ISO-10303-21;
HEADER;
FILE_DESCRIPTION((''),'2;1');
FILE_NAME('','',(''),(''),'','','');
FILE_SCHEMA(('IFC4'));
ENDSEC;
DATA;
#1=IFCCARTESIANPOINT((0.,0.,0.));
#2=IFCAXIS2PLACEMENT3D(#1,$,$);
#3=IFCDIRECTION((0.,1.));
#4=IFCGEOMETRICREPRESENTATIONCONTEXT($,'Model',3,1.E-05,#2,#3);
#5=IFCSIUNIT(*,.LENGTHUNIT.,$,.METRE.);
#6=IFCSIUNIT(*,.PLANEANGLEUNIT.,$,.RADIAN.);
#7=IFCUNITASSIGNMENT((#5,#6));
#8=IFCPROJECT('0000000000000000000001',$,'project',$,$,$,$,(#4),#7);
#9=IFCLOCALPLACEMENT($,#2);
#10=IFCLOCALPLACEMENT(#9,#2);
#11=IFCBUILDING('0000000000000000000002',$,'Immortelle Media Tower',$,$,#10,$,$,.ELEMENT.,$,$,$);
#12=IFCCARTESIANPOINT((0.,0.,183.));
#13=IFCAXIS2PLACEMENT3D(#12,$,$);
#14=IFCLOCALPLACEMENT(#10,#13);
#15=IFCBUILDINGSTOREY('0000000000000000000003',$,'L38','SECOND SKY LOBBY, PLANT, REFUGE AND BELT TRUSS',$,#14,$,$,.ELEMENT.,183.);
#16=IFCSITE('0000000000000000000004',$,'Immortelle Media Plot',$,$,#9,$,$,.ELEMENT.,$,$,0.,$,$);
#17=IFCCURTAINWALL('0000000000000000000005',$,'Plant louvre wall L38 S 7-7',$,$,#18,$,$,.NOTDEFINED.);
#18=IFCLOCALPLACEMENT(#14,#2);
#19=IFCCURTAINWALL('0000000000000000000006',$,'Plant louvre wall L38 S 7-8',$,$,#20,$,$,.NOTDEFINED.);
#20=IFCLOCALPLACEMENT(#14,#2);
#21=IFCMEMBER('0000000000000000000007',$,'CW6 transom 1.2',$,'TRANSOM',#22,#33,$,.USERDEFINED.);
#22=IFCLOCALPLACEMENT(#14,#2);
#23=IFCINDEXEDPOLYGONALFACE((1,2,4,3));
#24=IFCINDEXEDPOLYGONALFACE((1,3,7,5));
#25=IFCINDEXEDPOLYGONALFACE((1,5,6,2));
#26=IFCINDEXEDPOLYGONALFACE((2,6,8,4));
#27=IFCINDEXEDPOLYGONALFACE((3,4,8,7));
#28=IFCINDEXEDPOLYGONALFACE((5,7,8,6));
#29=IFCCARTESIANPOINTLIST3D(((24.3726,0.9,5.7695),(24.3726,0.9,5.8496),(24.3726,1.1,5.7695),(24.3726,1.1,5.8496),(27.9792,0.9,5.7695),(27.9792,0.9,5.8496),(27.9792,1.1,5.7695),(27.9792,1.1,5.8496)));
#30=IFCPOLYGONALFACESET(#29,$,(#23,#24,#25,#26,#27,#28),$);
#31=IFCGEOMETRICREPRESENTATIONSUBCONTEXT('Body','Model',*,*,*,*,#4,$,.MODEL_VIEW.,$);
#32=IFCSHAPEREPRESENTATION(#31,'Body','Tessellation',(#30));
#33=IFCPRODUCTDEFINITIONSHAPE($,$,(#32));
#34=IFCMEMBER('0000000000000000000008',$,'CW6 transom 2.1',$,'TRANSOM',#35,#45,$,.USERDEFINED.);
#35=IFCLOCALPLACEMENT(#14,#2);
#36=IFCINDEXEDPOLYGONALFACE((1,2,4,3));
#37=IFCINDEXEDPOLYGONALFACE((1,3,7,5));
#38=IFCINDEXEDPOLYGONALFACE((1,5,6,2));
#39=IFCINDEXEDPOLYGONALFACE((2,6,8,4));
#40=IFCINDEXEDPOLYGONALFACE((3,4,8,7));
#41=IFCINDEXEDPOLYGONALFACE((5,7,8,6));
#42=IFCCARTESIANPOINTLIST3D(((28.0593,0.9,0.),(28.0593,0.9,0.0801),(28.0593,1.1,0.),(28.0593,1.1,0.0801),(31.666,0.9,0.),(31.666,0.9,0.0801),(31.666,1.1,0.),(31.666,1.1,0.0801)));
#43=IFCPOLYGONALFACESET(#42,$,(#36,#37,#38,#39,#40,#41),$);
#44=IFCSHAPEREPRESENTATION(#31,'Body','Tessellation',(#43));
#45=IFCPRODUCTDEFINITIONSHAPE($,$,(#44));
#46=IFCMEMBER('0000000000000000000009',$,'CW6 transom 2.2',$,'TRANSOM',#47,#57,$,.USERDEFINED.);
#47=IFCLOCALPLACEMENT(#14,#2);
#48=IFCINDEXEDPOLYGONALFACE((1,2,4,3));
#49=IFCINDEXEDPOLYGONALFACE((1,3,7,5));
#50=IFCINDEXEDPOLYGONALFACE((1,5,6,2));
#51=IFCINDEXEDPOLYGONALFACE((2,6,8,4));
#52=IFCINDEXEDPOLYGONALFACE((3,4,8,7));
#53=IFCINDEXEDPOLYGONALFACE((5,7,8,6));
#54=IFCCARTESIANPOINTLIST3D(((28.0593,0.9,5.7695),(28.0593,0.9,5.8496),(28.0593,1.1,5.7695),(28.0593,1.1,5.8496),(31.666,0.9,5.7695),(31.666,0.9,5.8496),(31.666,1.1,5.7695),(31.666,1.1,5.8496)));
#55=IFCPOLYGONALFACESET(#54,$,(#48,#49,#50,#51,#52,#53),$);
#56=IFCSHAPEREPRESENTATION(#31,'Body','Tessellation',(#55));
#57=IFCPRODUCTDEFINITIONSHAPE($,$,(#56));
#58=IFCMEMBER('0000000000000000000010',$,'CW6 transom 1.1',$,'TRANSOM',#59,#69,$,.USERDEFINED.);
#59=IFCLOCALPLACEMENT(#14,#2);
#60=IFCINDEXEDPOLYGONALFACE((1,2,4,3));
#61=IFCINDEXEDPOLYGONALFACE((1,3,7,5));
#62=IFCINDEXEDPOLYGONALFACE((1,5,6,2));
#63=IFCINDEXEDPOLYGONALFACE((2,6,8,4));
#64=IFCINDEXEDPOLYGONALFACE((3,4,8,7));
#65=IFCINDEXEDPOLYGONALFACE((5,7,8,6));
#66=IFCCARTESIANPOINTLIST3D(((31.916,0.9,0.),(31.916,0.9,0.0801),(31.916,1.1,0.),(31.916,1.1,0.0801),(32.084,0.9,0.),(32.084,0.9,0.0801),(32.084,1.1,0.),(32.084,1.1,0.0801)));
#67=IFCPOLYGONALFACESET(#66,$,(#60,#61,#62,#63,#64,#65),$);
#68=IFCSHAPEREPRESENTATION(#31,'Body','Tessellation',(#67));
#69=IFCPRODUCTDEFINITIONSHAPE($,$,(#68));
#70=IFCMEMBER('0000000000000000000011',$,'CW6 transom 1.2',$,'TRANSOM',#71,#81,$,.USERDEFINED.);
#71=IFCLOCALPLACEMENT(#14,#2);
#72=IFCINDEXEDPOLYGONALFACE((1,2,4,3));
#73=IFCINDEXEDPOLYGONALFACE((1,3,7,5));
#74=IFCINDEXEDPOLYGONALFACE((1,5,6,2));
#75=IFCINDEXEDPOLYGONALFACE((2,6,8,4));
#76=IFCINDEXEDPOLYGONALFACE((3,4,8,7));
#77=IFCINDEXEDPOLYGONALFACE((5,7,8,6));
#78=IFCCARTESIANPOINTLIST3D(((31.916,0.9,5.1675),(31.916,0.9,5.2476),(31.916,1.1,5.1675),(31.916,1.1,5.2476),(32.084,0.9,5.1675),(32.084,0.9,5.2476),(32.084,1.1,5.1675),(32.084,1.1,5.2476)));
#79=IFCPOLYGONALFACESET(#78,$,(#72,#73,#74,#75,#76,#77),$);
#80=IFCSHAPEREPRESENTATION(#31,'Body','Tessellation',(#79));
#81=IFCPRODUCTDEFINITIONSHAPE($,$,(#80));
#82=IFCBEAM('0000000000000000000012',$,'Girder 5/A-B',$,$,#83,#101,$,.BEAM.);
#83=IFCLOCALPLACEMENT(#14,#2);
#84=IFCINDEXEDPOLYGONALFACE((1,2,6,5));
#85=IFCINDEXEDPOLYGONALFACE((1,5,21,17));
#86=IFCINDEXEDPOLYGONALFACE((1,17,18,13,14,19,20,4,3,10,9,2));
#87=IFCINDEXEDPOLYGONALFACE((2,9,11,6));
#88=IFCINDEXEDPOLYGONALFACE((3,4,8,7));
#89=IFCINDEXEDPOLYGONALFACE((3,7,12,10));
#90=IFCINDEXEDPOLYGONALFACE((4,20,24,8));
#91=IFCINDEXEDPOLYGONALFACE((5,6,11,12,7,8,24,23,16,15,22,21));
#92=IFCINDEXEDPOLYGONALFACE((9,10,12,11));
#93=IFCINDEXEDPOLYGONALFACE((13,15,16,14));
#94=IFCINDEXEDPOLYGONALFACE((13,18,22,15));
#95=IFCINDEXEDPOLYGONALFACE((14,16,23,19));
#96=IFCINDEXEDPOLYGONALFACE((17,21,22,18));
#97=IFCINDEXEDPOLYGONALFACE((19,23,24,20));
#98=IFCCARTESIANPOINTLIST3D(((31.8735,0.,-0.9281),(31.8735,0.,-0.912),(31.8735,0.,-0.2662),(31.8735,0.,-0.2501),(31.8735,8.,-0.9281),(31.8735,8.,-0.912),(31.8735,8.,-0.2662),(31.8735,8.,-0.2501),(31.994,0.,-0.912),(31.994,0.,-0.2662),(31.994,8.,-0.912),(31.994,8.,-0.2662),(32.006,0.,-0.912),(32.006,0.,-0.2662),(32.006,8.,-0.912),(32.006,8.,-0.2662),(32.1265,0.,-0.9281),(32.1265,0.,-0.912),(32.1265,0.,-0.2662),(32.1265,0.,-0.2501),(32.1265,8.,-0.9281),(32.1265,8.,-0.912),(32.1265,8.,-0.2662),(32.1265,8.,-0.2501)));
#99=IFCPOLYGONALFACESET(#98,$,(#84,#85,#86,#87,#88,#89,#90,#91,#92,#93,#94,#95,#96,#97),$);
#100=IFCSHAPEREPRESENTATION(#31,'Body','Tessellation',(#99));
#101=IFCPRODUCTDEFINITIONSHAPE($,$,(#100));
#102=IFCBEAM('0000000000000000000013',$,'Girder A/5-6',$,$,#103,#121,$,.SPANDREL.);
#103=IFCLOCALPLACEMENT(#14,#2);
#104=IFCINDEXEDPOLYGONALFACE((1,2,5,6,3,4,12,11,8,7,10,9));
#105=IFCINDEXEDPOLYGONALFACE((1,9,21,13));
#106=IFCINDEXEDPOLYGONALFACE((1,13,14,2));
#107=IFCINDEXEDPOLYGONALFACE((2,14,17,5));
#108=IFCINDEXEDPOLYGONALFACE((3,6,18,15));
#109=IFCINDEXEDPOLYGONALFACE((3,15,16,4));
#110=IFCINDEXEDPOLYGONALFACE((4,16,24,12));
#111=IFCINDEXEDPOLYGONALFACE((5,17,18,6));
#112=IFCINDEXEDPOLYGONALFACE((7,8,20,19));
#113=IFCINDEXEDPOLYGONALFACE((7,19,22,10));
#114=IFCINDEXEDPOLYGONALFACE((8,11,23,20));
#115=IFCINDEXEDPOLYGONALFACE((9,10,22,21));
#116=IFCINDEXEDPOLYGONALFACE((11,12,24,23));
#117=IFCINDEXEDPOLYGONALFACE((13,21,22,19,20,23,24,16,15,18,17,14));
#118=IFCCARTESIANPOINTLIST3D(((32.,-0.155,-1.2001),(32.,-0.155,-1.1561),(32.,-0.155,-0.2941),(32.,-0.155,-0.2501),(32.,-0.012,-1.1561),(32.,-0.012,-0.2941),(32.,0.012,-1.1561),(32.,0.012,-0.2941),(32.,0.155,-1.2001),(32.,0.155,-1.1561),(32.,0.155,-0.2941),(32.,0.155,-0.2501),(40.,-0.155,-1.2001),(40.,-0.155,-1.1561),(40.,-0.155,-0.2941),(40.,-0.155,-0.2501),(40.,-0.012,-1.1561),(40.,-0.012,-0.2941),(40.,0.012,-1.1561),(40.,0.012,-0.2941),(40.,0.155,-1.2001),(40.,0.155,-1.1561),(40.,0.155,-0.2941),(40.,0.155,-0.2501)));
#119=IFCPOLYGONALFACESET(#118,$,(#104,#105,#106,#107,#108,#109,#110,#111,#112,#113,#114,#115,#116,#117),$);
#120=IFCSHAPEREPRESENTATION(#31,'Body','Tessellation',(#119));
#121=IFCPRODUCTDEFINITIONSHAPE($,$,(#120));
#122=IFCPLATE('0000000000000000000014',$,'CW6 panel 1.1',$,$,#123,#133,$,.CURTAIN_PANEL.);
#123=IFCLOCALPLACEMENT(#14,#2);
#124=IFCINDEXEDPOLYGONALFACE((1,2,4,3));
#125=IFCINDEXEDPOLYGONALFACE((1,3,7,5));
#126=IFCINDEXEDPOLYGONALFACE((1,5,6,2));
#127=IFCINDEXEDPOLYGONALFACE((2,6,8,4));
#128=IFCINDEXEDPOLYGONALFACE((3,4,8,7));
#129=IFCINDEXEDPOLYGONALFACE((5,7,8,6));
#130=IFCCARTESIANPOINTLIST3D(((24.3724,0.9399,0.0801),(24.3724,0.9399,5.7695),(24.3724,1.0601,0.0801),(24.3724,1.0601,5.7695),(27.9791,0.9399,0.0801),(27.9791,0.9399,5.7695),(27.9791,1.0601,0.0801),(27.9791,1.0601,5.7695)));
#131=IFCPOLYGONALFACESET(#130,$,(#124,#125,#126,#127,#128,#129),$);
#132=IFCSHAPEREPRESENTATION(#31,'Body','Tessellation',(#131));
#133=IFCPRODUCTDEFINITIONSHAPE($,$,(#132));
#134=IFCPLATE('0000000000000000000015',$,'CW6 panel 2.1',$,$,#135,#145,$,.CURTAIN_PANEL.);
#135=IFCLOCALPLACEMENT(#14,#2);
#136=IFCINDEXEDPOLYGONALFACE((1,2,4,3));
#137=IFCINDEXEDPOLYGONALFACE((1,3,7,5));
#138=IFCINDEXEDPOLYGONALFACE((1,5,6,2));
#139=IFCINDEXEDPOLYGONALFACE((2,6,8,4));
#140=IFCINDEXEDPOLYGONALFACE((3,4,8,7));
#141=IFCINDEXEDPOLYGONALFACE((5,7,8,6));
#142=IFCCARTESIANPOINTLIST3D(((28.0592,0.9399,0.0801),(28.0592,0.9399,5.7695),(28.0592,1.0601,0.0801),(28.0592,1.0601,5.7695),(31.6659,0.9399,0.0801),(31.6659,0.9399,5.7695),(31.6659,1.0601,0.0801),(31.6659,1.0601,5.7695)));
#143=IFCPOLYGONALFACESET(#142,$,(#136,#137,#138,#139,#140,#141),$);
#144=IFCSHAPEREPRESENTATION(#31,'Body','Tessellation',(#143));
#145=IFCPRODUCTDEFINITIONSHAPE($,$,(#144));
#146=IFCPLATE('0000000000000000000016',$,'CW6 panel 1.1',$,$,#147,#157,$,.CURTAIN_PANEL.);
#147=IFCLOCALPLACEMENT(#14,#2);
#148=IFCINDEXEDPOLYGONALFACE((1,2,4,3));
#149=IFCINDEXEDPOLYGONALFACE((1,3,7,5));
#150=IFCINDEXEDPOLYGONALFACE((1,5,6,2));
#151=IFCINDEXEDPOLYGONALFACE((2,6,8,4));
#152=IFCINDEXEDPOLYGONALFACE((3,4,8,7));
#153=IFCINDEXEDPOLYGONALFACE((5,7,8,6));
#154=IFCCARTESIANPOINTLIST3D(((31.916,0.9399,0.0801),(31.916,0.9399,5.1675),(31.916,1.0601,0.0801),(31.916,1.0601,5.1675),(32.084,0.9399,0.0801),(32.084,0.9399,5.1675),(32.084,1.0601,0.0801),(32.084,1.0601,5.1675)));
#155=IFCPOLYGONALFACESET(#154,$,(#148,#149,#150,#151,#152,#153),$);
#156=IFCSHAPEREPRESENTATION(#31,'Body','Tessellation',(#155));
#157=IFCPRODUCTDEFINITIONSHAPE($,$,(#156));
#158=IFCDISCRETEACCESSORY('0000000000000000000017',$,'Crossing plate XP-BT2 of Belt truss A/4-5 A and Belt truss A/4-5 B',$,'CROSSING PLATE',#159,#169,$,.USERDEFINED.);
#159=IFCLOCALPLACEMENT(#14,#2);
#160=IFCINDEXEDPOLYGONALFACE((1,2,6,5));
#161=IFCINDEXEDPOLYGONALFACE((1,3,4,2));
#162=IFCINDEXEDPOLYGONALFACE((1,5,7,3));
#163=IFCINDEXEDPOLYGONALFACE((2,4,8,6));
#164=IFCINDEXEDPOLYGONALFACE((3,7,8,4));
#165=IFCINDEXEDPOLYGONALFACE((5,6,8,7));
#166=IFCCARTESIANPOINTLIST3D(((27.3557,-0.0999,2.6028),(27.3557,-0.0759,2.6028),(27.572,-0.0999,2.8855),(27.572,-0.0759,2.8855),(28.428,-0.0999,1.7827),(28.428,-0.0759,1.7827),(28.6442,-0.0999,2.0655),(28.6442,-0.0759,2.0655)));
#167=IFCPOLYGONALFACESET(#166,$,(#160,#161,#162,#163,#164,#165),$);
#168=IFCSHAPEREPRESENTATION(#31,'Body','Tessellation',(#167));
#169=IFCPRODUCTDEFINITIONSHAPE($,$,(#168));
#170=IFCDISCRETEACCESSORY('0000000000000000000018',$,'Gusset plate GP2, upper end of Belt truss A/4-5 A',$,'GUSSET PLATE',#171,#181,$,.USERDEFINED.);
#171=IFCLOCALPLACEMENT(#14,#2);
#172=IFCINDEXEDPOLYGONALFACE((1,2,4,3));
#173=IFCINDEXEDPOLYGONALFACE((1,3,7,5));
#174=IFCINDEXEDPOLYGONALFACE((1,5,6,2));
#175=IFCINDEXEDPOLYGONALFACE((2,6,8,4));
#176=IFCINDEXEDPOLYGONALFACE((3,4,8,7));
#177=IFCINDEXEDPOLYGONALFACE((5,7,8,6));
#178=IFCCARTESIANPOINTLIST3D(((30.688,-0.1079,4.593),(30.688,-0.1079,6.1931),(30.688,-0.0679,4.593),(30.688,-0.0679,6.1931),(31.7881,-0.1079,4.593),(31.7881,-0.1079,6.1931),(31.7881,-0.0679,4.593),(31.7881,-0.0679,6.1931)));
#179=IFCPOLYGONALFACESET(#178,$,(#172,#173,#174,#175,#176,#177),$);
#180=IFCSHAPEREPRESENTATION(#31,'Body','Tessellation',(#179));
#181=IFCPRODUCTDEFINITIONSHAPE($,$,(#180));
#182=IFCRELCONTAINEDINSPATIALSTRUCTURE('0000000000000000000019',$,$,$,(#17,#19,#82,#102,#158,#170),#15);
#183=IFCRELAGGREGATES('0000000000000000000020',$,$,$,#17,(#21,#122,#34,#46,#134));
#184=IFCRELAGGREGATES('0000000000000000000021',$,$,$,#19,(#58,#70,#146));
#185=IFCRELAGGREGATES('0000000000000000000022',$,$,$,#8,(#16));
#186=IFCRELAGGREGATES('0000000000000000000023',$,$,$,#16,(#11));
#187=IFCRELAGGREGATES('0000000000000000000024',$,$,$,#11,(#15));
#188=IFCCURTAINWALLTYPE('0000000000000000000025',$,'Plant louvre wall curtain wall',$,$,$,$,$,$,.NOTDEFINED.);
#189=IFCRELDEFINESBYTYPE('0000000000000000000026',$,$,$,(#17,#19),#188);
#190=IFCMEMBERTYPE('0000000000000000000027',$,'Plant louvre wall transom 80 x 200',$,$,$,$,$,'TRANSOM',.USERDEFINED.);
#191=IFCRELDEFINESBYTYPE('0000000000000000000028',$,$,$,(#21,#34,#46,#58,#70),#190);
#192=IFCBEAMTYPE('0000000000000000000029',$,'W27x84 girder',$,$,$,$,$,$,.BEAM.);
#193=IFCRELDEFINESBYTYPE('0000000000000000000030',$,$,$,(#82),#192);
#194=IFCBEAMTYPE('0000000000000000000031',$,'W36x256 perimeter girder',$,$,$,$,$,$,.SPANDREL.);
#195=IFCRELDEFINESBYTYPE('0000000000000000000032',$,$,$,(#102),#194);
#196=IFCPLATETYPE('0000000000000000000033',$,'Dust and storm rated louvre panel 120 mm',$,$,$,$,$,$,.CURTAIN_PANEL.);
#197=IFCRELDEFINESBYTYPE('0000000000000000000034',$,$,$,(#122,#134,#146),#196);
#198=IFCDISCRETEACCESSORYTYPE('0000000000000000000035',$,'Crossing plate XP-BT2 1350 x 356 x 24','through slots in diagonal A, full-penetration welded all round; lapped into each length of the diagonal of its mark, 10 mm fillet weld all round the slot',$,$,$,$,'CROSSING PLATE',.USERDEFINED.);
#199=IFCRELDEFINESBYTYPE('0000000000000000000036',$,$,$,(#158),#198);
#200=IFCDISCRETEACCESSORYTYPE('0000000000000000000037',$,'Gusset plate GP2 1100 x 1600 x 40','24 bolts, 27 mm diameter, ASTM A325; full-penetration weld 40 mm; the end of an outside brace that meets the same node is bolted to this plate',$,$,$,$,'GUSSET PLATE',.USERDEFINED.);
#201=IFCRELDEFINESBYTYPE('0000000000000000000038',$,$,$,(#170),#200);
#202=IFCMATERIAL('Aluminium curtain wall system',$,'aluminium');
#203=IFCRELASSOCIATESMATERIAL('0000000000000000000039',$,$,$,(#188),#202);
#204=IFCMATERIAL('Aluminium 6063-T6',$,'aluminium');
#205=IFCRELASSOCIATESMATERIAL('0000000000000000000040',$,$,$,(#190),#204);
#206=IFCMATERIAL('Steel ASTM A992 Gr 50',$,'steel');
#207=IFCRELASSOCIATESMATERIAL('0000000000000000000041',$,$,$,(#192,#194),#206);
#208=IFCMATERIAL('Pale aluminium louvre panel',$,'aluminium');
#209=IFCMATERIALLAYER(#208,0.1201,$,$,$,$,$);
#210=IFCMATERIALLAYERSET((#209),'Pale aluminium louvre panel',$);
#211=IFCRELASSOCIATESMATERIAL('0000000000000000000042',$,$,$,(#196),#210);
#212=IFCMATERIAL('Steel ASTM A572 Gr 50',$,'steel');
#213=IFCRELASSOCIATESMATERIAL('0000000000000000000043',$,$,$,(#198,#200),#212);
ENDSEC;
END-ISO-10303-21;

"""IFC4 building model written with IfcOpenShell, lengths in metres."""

from ifc_helpers import new_model, si_unit, direction, frame, origin, origin_2d, place, context, subcontext, project, spatial, rectangle, i_section, extrude, material, layer, layer_set, material_profile, profile_set, type_object, element, aggregate, save


model = new_model("IFC4")

# Units and contexts
model_context = context("Model", 3, precision=1e-05, world=origin(), true_north=direction((0.0, 1.0)))
body_context = subcontext(model_context, "Body", "Model", "MODEL_VIEW")
ifc_project = project(units=[si_unit("LENGTHUNIT", "METRE"), si_unit("PLANEANGLEUNIT", "RADIAN")], contexts=[model_context])

# Site, building, storey
site_placement = place(None, origin())
site = spatial("IfcSite", under=ifc_project, at=site_placement, Name="Immortelle Media Plot", CompositionType="ELEMENT", RefElevation=0.0)
building_placement = place(site_placement, origin())
building = spatial("IfcBuilding", under=site, at=building_placement, Name="Immortelle Media Tower", CompositionType="ELEMENT")
storey_placement = place(building_placement, frame((0.0, 0.0, 183.0)))
storey = spatial("IfcBuildingStorey", under=building, at=storey_placement, Name="L38", Description="SECOND SKY LOBBY, PLANT, REFUGE AND BELT TRUSS", CompositionType="ELEMENT", Elevation=183.0)

# Shared definitions
ifc_material_1 = material(Name="Steel ASTM A992 Gr 50", Category="steel")

# Curtain wall
ifc_material_2 = material(Name="Aluminium curtain wall system", Category="aluminium")
curtain_wall_type = type_object("IfcCurtainWallType", Name="Plant louvre wall curtain wall", PredefinedType="NOTDEFINED", material=ifc_material_2)
curtain_wall_1_placement = place(storey_placement, origin())
curtain_wall_1 = element("IfcCurtainWall", 1, at=curtain_wall_1_placement, inside=storey, type_object=curtain_wall_type, Name="Plant louvre wall L38 S 7-7", PredefinedType="NOTDEFINED")
ifc_material_3 = material(Name="Aluminium 6063-T6", Category="aluminium")

# Curtain wall
curtain_wall_2_placement = place(storey_placement, origin())
curtain_wall_2 = element("IfcCurtainWall", 2, at=curtain_wall_2_placement, inside=storey, type_object=curtain_wall_type, Name="Plant louvre wall L38 S 7-8", PredefinedType="NOTDEFINED")

# Members
ifc_material_profile_1 = material_profile(ifc_material_3, rectangle(XDim=0.2, YDim=0.0801, at=origin_2d()), Name="AL 80x200")
ifc_profile_set_1 = profile_set([ifc_material_profile_1], Name="Aluminium 6063-T6")
member_type_1 = type_object("IfcMemberType", Name="Plant louvre wall transom 80 x 200", ElementType="TRANSOM", PredefinedType="USERDEFINED", material=ifc_profile_set_1)
member_1_placement = place(storey_placement, frame((24.3726, 1.0, 5.8096), z_axis=(1.0, 0.0, 0.0), x_axis=(0.0, 1.0, 0.0)))
member_1 = element("IfcMember", 3, at=member_1_placement, type_object=member_type_1, Name="CW6 transom 1.2", ObjectType="TRANSOM", PredefinedType="USERDEFINED", context=body_context, shape_type="SweptSolid", body=[
    extrude(rectangle(XDim=0.2, YDim=0.0801, at=origin_2d()), origin(), (0.0, 0.0, 1.0), 3.6067),
])
member_2_placement = place(storey_placement, frame((28.0593, 1.0, 0.04), z_axis=(1.0, 0.0, 0.0), x_axis=(0.0, 1.0, 0.0)))
member_2 = element("IfcMember", 4, at=member_2_placement, type_object=member_type_1, Name="CW6 transom 2.1", ObjectType="TRANSOM", PredefinedType="USERDEFINED", context=body_context, shape_type="SweptSolid", body=[
    extrude(rectangle(XDim=0.2, YDim=0.0801, at=origin_2d()), origin(), (0.0, 0.0, 1.0), 3.6067),
])
member_3_placement = place(storey_placement, frame((28.0593, 1.0, 5.8096), z_axis=(1.0, 0.0, 0.0), x_axis=(0.0, 1.0, 0.0)))
member_3 = element("IfcMember", 5, at=member_3_placement, type_object=member_type_1, Name="CW6 transom 2.2", ObjectType="TRANSOM", PredefinedType="USERDEFINED", context=body_context, shape_type="SweptSolid", body=[
    extrude(rectangle(XDim=0.2, YDim=0.0801, at=origin_2d()), origin(), (0.0, 0.0, 1.0), 3.6067),
])
member_4_placement = place(storey_placement, frame((31.916, 1.0, 0.04), z_axis=(1.0, 0.0, 0.0), x_axis=(0.0, 1.0, 0.0)))
member_4 = element("IfcMember", 6, at=member_4_placement, type_object=member_type_1, Name="CW6 transom 1.1", ObjectType="TRANSOM", PredefinedType="USERDEFINED", context=body_context, shape_type="SweptSolid", body=[
    extrude(rectangle(XDim=0.2, YDim=0.0801, at=origin_2d()), origin(), (0.0, 0.0, 1.0), 0.168),
])
member_5_placement = place(storey_placement, frame((31.916, 1.0, 5.2075), z_axis=(1.0, 0.0, 0.0), x_axis=(0.0, 1.0, 0.0)))
member_5 = element("IfcMember", 7, at=member_5_placement, type_object=member_type_1, Name="CW6 transom 1.2", ObjectType="TRANSOM", PredefinedType="USERDEFINED", context=body_context, shape_type="SweptSolid", body=[
    extrude(rectangle(XDim=0.2, YDim=0.0801, at=origin_2d()), origin(), (0.0, 0.0, 1.0), 0.168),
])

# Beams
ifc_material_profile_2 = material_profile(ifc_material_1, i_section(OverallWidth=0.2529, OverallDepth=0.678, WebThickness=0.012, FlangeThickness=0.0161, at=origin_2d()), Name="W27x84")
ifc_profile_set_2 = profile_set([ifc_material_profile_2], Name="Steel ASTM A992 Gr 50")
beam_type_1 = type_object("IfcBeamType", Name="W27x84 girder", PredefinedType="BEAM", material=ifc_profile_set_2)
beam_1_placement = place(storey_placement, frame((32.0, 0.0, -0.5891), z_axis=(0.0, 1.0, 0.0), x_axis=(-1.0, 0.0, 0.0)))
element("IfcBeam", 8, at=beam_1_placement, inside=storey, type_object=beam_type_1, Name="Girder 5/A-B", PredefinedType="BEAM", context=body_context, shape_type="SweptSolid", body=[
    extrude(i_section(OverallWidth=0.2529, OverallDepth=0.678, WebThickness=0.012, FlangeThickness=0.0161, at=origin_2d()), origin(), (0.0, 0.0, 1.0), 8.0),
])
ifc_material_profile_3 = material_profile(ifc_material_1, i_section(OverallWidth=0.3101, OverallDepth=0.95, WebThickness=0.0239, FlangeThickness=0.0439, at=origin_2d()), Name="W36x256")
ifc_profile_set_3 = profile_set([ifc_material_profile_3], Name="Steel ASTM A992 Gr 50")
beam_type_2 = type_object("IfcBeamType", Name="W36x256 perimeter girder", PredefinedType="SPANDREL", material=ifc_profile_set_3)
beam_2_placement = place(storey_placement, frame((32.0, 0.0, -0.7251), z_axis=(1.0, 0.0, 0.0), x_axis=(0.0, 1.0, 0.0)))
element("IfcBeam", 9, at=beam_2_placement, inside=storey, type_object=beam_type_2, Name="Girder A/5-6", PredefinedType="SPANDREL", context=body_context, shape_type="SweptSolid", body=[
    extrude(i_section(OverallWidth=0.3101, OverallDepth=0.95, WebThickness=0.0239, FlangeThickness=0.0439, at=origin_2d()), origin(), (0.0, 0.0, 1.0), 8.0),
])

# Plates
ifc_material_4 = material(Name="Pale aluminium louvre panel", Category="aluminium")
ifc_layer = layer(ifc_material_4, 0.1201)
ifc_layer_set = layer_set([ifc_layer], Name="Pale aluminium louvre panel")
plate_type = type_object("IfcPlateType", Name="Dust and storm rated louvre panel 120 mm", PredefinedType="CURTAIN_PANEL", material=ifc_layer_set)
plate_1_placement = place(storey_placement, frame((26.1758, 1.0, 0.0801), z_axis=(0.0, 0.0, 1.0), x_axis=(1.0, 0.0, 0.0)))
plate_1 = element("IfcPlate", 10, at=plate_1_placement, type_object=plate_type, Name="CW6 panel 1.1", PredefinedType="CURTAIN_PANEL", context=body_context, shape_type="SweptSolid", body=[
    extrude(rectangle(XDim=3.6067, YDim=0.1201, at=origin_2d()), origin(), (0.0, 0.0, 1.0), 5.6895),
])
plate_2_placement = place(storey_placement, frame((29.8625, 1.0, 0.0801), z_axis=(0.0, 0.0, 1.0), x_axis=(1.0, 0.0, 0.0)))
plate_2 = element("IfcPlate", 11, at=plate_2_placement, type_object=plate_type, Name="CW6 panel 2.1", PredefinedType="CURTAIN_PANEL", context=body_context, shape_type="SweptSolid", body=[
    extrude(rectangle(XDim=3.6067, YDim=0.1201, at=origin_2d()), origin(), (0.0, 0.0, 1.0), 5.6895),
])
aggregate(curtain_wall_1, [member_1, plate_1, member_2, member_3, plate_2])
plate_3_placement = place(storey_placement, frame((32.0, 1.0, 0.0801), z_axis=(0.0, 0.0, 1.0), x_axis=(1.0, 0.0, 0.0)))
plate_3 = element("IfcPlate", 12, at=plate_3_placement, type_object=plate_type, Name="CW6 panel 1.1", PredefinedType="CURTAIN_PANEL", context=body_context, shape_type="SweptSolid", body=[
    extrude(rectangle(XDim=0.168, YDim=0.1201, at=origin_2d()), origin(), (0.0, 0.0, 1.0), 5.0874),
])
aggregate(curtain_wall_2, [member_4, member_5, plate_3])

# Discrete accessories
ifc_material_5 = material(Name="Steel ASTM A572 Gr 50", Category="steel")
ifc_material_profile_4 = material_profile(ifc_material_5, rectangle(XDim=0.0239, YDim=0.356, at=origin_2d()), Name="PL 24 x 356")
ifc_profile_set_4 = profile_set([ifc_material_profile_4], Name="Steel ASTM A572 Gr 50")
discrete_accessory_type_1 = type_object("IfcDiscreteAccessoryType", Name="Crossing plate XP-BT2 1350 x 356 x 24", Description="through slots in diagonal A, full-penetration welded all round; lapped into each length of the diagonal of its mark, 10 mm fillet weld all round the slot", ElementType="CROSSING PLATE", PredefinedType="USERDEFINED", material=ifc_profile_set_4)
discrete_accessory_placement = place(storey_placement, frame((27.4639, -0.0879, 2.7441), z_axis=(0.794322, 0.0, -0.607497), x_axis=(0.0, 1.0, 0.0)))
element("IfcDiscreteAccessory", 13, at=discrete_accessory_placement, inside=storey, type_object=discrete_accessory_type_1, Name="Crossing plate XP-BT2 of Belt truss A/4-5 A and Belt truss A/4-5 B", ObjectType="CROSSING PLATE", PredefinedType="USERDEFINED", context=body_context, shape_type="SweptSolid", body=[
    extrude(rectangle(XDim=0.0239, YDim=0.356, at=origin_2d()), origin(), (0.0, 0.0, 1.0), 1.3499),
])
ifc_material_profile_5 = material_profile(ifc_material_5, rectangle(XDim=0.04, YDim=1.6001, at=origin_2d()), Name="PL 40 x 1600")
ifc_profile_set_5 = profile_set([ifc_material_profile_5], Name="Steel ASTM A572 Gr 50")
discrete_accessory_type_2 = type_object("IfcDiscreteAccessoryType", Name="Gusset plate GP2 1100 x 1600 x 40", Description="24 bolts, 27 mm diameter, ASTM A325; full-penetration weld 40 mm; the end of an outside brace that meets the same node is bolted to this plate", ElementType="GUSSET PLATE", PredefinedType="USERDEFINED", material=ifc_profile_set_5)
for number, where, z_axis, x_axis, name in (
    (14, (31.7881, -0.0879, 5.3931), (-1.0, 0.0, 0.0), (0.0, -1.0, 0.0), "Gusset plate GP2, upper end of Belt truss A/4-5 A"),
):
    element("IfcDiscreteAccessory", number, at=place(storey_placement, frame(where, z_axis=z_axis, x_axis=x_axis)), inside=storey, type_object=discrete_accessory_type_2, Name=name, ObjectType="GUSSET PLATE", PredefinedType="USERDEFINED", context=body_context, shape_type="SweptSolid", body=[
        extrude(rectangle(XDim=0.04, YDim=1.6001, at=origin_2d()), origin(), (0.0, 0.0, 1.0), 1.1001),
    ])

save(model, "model.ifc")
